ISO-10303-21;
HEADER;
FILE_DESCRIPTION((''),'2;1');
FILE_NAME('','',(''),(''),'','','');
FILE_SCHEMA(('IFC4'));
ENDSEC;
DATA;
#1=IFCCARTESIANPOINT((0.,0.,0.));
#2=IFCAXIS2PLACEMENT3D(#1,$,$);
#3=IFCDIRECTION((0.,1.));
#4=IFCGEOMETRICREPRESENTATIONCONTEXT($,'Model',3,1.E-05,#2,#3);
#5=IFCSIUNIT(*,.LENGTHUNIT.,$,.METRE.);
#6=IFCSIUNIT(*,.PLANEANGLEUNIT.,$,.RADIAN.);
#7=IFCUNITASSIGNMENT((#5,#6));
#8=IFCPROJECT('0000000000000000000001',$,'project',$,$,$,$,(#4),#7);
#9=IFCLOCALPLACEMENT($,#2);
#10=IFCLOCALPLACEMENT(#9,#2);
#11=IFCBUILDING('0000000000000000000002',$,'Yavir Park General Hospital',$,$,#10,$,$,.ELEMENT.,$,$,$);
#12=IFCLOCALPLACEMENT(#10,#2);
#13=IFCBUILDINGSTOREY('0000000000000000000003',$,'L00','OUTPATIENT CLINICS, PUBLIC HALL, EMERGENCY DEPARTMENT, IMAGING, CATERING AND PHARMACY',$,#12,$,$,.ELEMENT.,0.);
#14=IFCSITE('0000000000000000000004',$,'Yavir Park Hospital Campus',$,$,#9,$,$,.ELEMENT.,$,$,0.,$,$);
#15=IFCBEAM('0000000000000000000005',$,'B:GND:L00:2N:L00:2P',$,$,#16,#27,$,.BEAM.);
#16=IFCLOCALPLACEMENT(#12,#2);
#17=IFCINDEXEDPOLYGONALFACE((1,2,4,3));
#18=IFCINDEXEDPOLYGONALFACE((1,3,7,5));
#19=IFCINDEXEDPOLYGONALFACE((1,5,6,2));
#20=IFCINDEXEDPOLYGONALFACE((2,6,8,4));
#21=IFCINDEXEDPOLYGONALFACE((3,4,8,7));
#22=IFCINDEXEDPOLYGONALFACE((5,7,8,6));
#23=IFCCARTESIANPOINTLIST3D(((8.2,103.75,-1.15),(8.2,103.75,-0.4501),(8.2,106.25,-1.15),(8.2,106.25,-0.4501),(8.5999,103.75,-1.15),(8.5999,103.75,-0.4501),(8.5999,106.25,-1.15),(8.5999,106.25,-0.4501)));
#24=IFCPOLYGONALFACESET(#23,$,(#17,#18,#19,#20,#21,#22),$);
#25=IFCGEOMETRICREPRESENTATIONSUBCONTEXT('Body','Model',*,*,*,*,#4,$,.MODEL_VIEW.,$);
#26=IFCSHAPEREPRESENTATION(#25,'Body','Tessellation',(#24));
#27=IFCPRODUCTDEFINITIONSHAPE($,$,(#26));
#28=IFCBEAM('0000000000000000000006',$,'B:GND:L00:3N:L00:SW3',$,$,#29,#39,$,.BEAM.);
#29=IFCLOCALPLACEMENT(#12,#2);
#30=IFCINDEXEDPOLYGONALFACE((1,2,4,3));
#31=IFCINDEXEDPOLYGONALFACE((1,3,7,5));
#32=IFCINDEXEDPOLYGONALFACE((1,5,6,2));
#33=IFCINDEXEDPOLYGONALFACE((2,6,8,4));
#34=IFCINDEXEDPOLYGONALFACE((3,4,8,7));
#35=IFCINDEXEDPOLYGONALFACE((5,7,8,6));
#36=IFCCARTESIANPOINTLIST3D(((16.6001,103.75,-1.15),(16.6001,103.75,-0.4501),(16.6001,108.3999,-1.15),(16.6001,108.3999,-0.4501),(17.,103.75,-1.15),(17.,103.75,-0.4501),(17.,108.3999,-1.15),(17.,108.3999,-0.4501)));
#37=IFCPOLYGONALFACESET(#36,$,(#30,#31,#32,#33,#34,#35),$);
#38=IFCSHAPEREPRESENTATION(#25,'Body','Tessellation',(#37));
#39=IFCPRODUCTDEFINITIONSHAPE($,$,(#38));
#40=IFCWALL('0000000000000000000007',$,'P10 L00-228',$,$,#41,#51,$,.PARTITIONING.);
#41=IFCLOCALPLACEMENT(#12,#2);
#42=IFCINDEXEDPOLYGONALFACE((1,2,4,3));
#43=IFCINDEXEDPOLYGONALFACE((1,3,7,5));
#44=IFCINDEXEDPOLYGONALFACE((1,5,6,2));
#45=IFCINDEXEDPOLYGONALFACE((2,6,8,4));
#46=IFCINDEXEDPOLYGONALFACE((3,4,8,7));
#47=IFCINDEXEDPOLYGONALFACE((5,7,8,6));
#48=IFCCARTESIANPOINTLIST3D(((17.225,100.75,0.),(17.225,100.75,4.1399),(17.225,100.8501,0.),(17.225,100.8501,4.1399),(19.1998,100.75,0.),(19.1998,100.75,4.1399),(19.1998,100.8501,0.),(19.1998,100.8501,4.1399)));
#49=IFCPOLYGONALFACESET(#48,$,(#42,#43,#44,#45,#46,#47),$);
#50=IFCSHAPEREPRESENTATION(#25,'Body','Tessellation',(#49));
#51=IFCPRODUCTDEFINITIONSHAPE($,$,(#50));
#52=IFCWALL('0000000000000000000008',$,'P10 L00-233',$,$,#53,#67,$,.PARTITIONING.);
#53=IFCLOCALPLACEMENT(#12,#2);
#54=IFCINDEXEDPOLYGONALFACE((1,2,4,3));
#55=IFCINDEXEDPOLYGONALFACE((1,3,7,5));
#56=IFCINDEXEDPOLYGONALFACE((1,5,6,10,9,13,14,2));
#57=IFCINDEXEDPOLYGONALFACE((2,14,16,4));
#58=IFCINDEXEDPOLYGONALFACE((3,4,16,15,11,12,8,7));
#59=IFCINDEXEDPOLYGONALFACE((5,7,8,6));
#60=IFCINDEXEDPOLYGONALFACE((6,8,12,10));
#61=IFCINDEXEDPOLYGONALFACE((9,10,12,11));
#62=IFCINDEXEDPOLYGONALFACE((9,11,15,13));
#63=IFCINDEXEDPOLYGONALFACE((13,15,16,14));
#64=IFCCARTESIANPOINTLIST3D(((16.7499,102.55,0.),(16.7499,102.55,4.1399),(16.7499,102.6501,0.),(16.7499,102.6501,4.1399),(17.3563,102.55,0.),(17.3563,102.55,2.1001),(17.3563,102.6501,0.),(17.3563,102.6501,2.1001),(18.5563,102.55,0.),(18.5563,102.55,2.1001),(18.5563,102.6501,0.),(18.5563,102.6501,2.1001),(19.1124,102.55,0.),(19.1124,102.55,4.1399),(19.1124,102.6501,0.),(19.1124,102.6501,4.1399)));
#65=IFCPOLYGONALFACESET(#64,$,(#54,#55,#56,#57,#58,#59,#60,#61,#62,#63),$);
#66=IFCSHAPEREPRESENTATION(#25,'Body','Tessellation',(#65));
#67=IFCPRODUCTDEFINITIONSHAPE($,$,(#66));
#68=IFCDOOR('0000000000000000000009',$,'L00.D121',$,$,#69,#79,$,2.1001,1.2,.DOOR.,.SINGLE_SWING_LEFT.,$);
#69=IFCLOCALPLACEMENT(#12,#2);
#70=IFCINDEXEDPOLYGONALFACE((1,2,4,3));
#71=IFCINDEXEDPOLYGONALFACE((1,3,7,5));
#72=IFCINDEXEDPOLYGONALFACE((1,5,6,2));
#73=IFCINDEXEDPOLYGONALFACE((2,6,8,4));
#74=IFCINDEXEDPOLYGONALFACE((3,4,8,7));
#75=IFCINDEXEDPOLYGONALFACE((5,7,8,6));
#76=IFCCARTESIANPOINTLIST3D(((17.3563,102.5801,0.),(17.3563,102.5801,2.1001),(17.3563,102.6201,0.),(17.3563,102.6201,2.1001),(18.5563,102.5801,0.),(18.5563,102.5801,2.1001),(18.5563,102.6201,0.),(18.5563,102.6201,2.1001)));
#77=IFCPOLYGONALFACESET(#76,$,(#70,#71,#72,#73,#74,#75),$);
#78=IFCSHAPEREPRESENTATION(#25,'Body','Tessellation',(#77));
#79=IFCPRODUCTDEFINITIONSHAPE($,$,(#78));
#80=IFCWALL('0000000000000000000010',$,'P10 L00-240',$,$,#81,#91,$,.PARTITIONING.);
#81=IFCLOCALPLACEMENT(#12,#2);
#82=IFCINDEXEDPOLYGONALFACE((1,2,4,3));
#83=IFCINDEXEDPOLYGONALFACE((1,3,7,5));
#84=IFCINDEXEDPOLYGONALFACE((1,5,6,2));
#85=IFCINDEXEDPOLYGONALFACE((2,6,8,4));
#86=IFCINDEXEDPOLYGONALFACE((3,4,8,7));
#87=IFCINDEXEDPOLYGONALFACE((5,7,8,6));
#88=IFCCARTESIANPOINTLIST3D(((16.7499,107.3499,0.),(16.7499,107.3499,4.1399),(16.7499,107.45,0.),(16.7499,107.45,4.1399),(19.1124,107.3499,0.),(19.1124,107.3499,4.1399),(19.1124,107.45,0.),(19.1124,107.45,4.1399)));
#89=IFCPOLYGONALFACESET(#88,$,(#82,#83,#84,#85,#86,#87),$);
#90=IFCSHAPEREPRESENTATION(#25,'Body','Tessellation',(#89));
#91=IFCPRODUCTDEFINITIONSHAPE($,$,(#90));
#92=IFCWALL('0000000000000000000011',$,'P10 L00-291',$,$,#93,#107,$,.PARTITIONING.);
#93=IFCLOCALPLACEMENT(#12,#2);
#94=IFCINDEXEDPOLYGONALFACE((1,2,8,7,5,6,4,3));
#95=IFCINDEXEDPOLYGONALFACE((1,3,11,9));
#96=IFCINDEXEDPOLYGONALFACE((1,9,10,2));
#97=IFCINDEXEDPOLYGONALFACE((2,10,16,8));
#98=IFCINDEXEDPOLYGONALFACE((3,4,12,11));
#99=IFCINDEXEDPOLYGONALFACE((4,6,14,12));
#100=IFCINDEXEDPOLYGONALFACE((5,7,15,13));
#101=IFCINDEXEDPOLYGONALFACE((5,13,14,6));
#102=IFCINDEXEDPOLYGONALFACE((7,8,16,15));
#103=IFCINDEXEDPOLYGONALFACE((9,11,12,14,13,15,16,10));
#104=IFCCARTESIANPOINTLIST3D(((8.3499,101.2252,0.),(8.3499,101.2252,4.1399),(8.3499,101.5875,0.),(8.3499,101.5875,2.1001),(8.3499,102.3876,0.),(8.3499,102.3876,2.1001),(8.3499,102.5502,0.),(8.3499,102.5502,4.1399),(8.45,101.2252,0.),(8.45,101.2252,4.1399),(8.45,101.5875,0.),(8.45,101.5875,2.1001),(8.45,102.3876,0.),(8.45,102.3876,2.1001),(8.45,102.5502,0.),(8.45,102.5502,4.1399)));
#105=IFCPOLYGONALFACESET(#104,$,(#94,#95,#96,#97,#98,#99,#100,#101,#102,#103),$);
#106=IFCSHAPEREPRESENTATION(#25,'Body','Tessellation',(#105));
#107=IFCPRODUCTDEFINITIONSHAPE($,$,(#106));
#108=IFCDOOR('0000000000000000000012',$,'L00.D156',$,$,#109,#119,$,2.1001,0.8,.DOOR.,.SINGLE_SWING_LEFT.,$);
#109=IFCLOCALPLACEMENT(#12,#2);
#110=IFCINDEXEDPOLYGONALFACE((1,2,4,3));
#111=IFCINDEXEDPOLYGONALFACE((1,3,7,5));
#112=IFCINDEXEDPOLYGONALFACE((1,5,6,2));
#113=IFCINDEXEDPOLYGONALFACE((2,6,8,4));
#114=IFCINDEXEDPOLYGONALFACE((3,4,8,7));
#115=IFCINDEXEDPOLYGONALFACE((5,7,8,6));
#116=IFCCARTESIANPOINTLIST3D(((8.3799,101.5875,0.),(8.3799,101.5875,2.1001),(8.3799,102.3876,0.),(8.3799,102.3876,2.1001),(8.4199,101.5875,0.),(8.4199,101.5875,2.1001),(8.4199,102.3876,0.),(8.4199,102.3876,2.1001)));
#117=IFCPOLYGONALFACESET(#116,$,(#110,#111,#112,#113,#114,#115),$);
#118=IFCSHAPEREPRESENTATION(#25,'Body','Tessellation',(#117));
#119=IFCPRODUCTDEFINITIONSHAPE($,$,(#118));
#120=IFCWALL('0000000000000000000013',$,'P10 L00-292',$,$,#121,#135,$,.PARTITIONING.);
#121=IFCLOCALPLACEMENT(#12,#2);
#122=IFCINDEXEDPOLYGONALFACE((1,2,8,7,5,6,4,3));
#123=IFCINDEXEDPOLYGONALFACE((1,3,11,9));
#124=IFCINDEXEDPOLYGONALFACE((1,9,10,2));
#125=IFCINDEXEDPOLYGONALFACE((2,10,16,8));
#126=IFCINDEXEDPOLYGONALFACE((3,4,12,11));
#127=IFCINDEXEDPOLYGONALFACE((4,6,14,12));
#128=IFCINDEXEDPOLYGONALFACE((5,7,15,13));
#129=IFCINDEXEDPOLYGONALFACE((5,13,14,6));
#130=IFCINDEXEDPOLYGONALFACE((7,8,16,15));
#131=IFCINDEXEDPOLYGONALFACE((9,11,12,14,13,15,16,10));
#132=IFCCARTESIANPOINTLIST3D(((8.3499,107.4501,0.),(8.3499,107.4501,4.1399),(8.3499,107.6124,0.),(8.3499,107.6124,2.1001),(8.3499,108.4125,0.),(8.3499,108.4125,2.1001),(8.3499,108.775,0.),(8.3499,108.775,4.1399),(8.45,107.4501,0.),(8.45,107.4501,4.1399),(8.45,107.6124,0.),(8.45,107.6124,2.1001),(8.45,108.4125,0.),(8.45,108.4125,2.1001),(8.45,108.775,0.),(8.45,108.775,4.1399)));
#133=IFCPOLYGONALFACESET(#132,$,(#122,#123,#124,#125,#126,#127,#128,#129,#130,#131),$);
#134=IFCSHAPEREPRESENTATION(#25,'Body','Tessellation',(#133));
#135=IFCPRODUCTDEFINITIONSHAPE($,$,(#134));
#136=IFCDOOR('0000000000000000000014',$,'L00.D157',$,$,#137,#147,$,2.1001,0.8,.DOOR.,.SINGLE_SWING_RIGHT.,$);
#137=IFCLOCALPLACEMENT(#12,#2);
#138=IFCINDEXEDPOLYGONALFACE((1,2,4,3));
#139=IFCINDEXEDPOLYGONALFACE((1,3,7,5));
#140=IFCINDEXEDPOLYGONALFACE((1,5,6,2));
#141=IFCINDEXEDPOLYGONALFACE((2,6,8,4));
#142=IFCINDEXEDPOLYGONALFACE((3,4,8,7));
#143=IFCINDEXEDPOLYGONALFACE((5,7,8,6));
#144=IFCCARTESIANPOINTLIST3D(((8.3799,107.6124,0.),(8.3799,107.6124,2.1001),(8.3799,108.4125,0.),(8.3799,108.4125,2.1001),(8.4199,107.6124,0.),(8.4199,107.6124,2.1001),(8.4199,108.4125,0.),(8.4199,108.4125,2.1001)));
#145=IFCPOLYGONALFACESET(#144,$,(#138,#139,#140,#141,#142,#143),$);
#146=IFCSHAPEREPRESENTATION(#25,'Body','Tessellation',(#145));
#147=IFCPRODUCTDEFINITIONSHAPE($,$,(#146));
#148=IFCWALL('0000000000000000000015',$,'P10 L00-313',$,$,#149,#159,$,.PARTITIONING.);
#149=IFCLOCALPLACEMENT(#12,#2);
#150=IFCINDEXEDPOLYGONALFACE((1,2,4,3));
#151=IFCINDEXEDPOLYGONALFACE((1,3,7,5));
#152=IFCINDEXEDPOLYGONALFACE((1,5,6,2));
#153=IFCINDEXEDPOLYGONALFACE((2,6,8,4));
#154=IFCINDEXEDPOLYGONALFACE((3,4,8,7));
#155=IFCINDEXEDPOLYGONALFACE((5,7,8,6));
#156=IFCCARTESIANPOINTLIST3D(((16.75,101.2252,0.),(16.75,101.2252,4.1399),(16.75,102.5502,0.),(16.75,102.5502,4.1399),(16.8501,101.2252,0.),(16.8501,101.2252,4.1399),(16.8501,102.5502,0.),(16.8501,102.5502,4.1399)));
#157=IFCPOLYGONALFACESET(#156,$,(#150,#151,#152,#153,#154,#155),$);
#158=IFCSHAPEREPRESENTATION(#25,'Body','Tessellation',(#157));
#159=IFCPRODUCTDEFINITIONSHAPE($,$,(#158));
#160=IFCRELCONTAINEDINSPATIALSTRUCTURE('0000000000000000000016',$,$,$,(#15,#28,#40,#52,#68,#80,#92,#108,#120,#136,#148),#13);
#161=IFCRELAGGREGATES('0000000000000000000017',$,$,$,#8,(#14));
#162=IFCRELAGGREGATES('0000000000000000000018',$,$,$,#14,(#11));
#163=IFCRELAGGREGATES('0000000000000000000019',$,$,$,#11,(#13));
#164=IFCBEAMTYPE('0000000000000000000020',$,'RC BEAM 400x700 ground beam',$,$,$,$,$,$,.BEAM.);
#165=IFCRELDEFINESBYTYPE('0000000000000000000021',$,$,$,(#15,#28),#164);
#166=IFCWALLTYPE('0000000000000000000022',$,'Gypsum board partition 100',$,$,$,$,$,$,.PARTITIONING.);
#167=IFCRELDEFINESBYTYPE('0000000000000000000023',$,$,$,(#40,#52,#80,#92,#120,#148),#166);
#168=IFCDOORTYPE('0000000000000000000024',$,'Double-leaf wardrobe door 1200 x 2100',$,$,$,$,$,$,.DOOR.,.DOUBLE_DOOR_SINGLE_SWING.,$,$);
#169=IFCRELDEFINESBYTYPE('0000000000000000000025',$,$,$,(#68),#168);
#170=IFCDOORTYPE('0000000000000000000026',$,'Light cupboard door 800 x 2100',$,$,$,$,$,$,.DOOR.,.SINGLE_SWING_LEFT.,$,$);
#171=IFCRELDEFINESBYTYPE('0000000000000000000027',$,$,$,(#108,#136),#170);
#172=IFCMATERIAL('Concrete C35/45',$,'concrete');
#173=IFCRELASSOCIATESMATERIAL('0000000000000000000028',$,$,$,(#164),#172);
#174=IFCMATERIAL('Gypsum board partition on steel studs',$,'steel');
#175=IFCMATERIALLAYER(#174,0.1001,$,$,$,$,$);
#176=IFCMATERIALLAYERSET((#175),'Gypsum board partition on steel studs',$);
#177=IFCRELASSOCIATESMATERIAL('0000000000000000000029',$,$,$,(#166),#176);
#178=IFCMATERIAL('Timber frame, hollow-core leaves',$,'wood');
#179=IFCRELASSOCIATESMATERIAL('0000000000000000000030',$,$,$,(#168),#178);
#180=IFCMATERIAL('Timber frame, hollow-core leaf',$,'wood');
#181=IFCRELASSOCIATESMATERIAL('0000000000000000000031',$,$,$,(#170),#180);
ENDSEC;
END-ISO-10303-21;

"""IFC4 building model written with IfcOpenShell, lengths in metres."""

from ifc_helpers import new_model, si_unit, direction, frame, frame_2d, origin, origin_2d, place, context, subcontext, project, spatial, rectangle, extrude, material, layer, layer_set, material_profile, profile_set, type_object, element, fill, save


model = new_model("IFC4")

# Units and contexts
model_context = context("Model", 3, precision=1e-05, world=origin(), true_north=direction((0.0, 1.0)))
body_context = subcontext(model_context, "Body", "Model", "MODEL_VIEW")
ifc_project = project(units=[si_unit("LENGTHUNIT", "METRE"), si_unit("PLANEANGLEUNIT", "RADIAN")], contexts=[model_context])

# Site, building, storey
site_placement = place(None, origin())
site = spatial("IfcSite", under=ifc_project, at=site_placement, Name="Yavir Park Hospital Campus", CompositionType="ELEMENT", RefElevation=0.0)
building_placement = place(site_placement, origin())
building = spatial("IfcBuilding", under=site, at=building_placement, Name="Yavir Park General Hospital", CompositionType="ELEMENT")
storey_placement = place(building_placement, origin())
storey = spatial("IfcBuildingStorey", under=building, at=storey_placement, Name="L00", Description="OUTPATIENT CLINICS, PUBLIC HALL, EMERGENCY DEPARTMENT, IMAGING, CATERING AND PHARMACY", CompositionType="ELEMENT", Elevation=0.0)

# Beams
ifc_material_1 = material(Name="Concrete C35/45", Category="concrete")
ifc_material_profile_1 = material_profile(ifc_material_1, rectangle(XDim=0.3999, YDim=0.7, at=origin_2d()), Name="RC400x700")
ifc_profile_set_1 = profile_set([ifc_material_profile_1], Name="Concrete C35/45")
beam_type = type_object("IfcBeamType", Name="RC BEAM 400x700 ground beam", PredefinedType="BEAM", material=ifc_profile_set_1)
beam_1_placement = place(storey_placement, frame((8.3999, 103.75, -0.8), z_axis=(0.0, 1.0, 0.0), x_axis=(-1.0, 0.0, 0.0)))
element("IfcBeam", 1, at=beam_1_placement, inside=storey, type_object=beam_type, Name="B:GND:L00:2N:L00:2P", PredefinedType="BEAM", context=body_context, shape_type="SweptSolid", body=[
    extrude(rectangle(XDim=0.3999, YDim=0.7, at=origin_2d()), origin(), (0.0, 0.0, 1.0), 2.5),
])
beam_2_placement = place(storey_placement, frame((16.8, 103.75, -0.8), z_axis=(0.0, 1.0, 0.0), x_axis=(-1.0, 0.0, 0.0)))
element("IfcBeam", 2, at=beam_2_placement, inside=storey, type_object=beam_type, Name="B:GND:L00:3N:L00:SW3", PredefinedType="BEAM", context=body_context, shape_type="SweptSolid", body=[
    extrude(rectangle(XDim=0.3999, YDim=0.7, at=origin_2d()), origin(), (0.0, 0.0, 1.0), 4.6499),
])

# Wall
ifc_material_2 = material(Name="Gypsum board partition on steel studs", Category="steel")
ifc_layer_1 = layer(ifc_material_2, 0.1001)
ifc_layer_set_1 = layer_set([ifc_layer_1], Name="Gypsum board partition on steel studs")
wall_type_1 = type_object("IfcWallType", Name="Gypsum board partition 100", PredefinedType="PARTITIONING", material=ifc_layer_set_1)
wall_1_placement = place(storey_placement, frame((17.2251, 100.8, 0.0), z_axis=(0.0, 0.0, 1.0), x_axis=(1.0, 0.0, 0.0)))
element("IfcWall", 3, at=wall_1_placement, inside=storey, type_object=wall_type_1, Name="P10 L00-228", PredefinedType="PARTITIONING", context=body_context, shape_type="SweptSolid", body=[
    extrude(rectangle(XDim=1.9749, YDim=0.1001, at=frame_2d((0.9873, 0.0))), origin(), (0.0, 0.0, 1.0), 4.1399),
])

# Wall, opening, door
wall_2_placement = place(storey_placement, frame((16.75, 102.6001, 0.0), z_axis=(0.0, 0.0, 1.0), x_axis=(1.0, 0.0, 0.0)))
wall_2 = element("IfcWall", 4, at=wall_2_placement, inside=storey, type_object=wall_type_1, Name="P10 L00-233", PredefinedType="PARTITIONING", context=body_context, shape_type="SweptSolid", body=[
    extrude(rectangle(XDim=2.3625, YDim=0.1001, at=frame_2d((1.1812, 0.0))), origin(), (0.0, 0.0, 1.0), 4.1399),
])
opening_1_placement = place(wall_2_placement, frame((0.6062, 0.0, 0.0)))
opening_1 = element("IfcOpeningElement", 5, at=opening_1_placement, cuts=wall_2, PredefinedType="OPENING", context=body_context, shape_type="SweptSolid", body=[
    extrude(rectangle(XDim=1.2, YDim=2.1001, at=frame_2d((0.6001, 1.05))), frame((0.0, 0.0601, 0.0), z_axis=(0.0, -1.0, 0.0), x_axis=(1.0, 0.0, 0.0)), (0.0, 0.0, 1.0), 0.1201),
])
ifc_material_3 = material(Name="Timber frame, hollow-core leaves", Category="wood")
door_type_1 = type_object("IfcDoorType", Name="Double-leaf wardrobe door 1200 x 2100", OperationType="DOUBLE_DOOR_SINGLE_SWING", PredefinedType="DOOR", material=ifc_material_3)
door_1_placement = place(opening_1_placement, origin())
door_1 = element("IfcDoor", 6, at=door_1_placement, inside=storey, type_object=door_type_1, Name="L00.D121", OperationType="SINGLE_SWING_LEFT", OverallHeight=2.1001, OverallWidth=1.2, PredefinedType="DOOR", context=body_context, shape_type="SweptSolid", body=[
    extrude(rectangle(XDim=1.2, YDim=2.1001, at=frame_2d((0.6001, 1.05))), frame((0.0, 0.02, 0.0), z_axis=(0.0, -1.0, 0.0), x_axis=(1.0, 0.0, 0.0)), (0.0, 0.0, 1.0), 0.04),
])
fill(opening_1, door_1)

# Wall
wall_3_placement = place(storey_placement, frame((16.75, 107.3999, 0.0), z_axis=(0.0, 0.0, 1.0), x_axis=(1.0, 0.0, 0.0)))
element("IfcWall", 7, at=wall_3_placement, inside=storey, type_object=wall_type_1, Name="P10 L00-240", PredefinedType="PARTITIONING", context=body_context, shape_type="SweptSolid", body=[
    extrude(rectangle(XDim=2.3625, YDim=0.1001, at=frame_2d((1.1812, 0.0))), origin(), (0.0, 0.0, 1.0), 4.1399),
])

# Walls, openings, doors
wall_4_placement = place(storey_placement, frame((8.3999, 101.2251, 0.0), z_axis=(0.0, 0.0, 1.0), x_axis=(0.0, 1.0, 0.0)))
wall_4 = element("IfcWall", 8, at=wall_4_placement, inside=storey, type_object=wall_type_1, Name="P10 L00-291", PredefinedType="PARTITIONING", context=body_context, shape_type="SweptSolid", body=[
    extrude(rectangle(XDim=1.325, YDim=0.1001, at=frame_2d((0.6626, 0.0))), origin(), (0.0, 0.0, 1.0), 4.1399),
])
opening_2_placement = place(wall_4_placement, frame((0.3625, 0.0, 0.0)))
opening_2 = element("IfcOpeningElement", 9, at=opening_2_placement, cuts=wall_4, PredefinedType="OPENING", context=body_context, shape_type="SweptSolid", body=[
    extrude(rectangle(XDim=0.8, YDim=2.1001, at=frame_2d((0.3999, 1.05))), frame((0.0, 0.0601, 0.0), z_axis=(0.0, -1.0, 0.0), x_axis=(1.0, 0.0, 0.0)), (0.0, 0.0, 1.0), 0.1201),
])
ifc_material_4 = material(Name="Timber frame, hollow-core leaf", Category="wood")
door_type_2 = type_object("IfcDoorType", Name="Light cupboard door 800 x 2100", OperationType="SINGLE_SWING_LEFT", PredefinedType="DOOR", material=ifc_material_4)
door_2_placement = place(opening_2_placement, origin())
door_2 = element("IfcDoor", 10, at=door_2_placement, inside=storey, type_object=door_type_2, Name="L00.D156", OperationType="SINGLE_SWING_LEFT", OverallHeight=2.1001, OverallWidth=0.8, PredefinedType="DOOR", context=body_context, shape_type="SweptSolid", body=[
    extrude(rectangle(XDim=0.8, YDim=2.1001, at=frame_2d((0.3999, 1.05))), frame((0.0, 0.02, 0.0), z_axis=(0.0, -1.0, 0.0), x_axis=(1.0, 0.0, 0.0)), (0.0, 0.0, 1.0), 0.04),
])
fill(opening_2, door_2)
wall_5_placement = place(storey_placement, frame((8.3999, 107.45, 0.0), z_axis=(0.0, 0.0, 1.0), x_axis=(0.0, 1.0, 0.0)))
wall_5 = element("IfcWall", 11, at=wall_5_placement, inside=storey, type_object=wall_type_1, Name="P10 L00-292", PredefinedType="PARTITIONING", context=body_context, shape_type="SweptSolid", body=[
    extrude(rectangle(XDim=1.325, YDim=0.1001, at=frame_2d((0.6626, 0.0))), origin(), (0.0, 0.0, 1.0), 4.1399),
])
opening_3_placement = place(wall_5_placement, frame((0.1626, 0.0, 0.0)))
opening_3 = element("IfcOpeningElement", 12, at=opening_3_placement, cuts=wall_5, PredefinedType="OPENING", context=body_context, shape_type="SweptSolid", body=[
    extrude(rectangle(XDim=0.8, YDim=2.1001, at=frame_2d((0.3999, 1.05))), frame((0.0, 0.0601, 0.0), z_axis=(0.0, -1.0, 0.0), x_axis=(1.0, 0.0, 0.0)), (0.0, 0.0, 1.0), 0.1201),
])
door_3_placement = place(opening_3_placement, origin())
door_3 = element("IfcDoor", 13, at=door_3_placement, inside=storey, type_object=door_type_2, Name="L00.D157", OperationType="SINGLE_SWING_RIGHT", OverallHeight=2.1001, OverallWidth=0.8, PredefinedType="DOOR", context=body_context, shape_type="SweptSolid", body=[
    extrude(rectangle(XDim=0.8, YDim=2.1001, at=frame_2d((0.3999, 1.05))), frame((0.0, 0.02, 0.0), z_axis=(0.0, -1.0, 0.0), x_axis=(1.0, 0.0, 0.0)), (0.0, 0.0, 1.0), 0.04),
])
fill(opening_3, door_3)

# Wall
wall_6_placement = place(storey_placement, frame((16.8, 101.2251, 0.0), z_axis=(0.0, 0.0, 1.0), x_axis=(0.0, 1.0, 0.0)))
element("IfcWall", 14, at=wall_6_placement, inside=storey, type_object=wall_type_1, Name="P10 L00-313", PredefinedType="PARTITIONING", context=body_context, shape_type="SweptSolid", body=[
    extrude(rectangle(XDim=1.325, YDim=0.1001, at=frame_2d((0.6626, 0.0))), origin(), (0.0, 0.0, 1.0), 4.1399),
])

save(model, "model.ifc")
